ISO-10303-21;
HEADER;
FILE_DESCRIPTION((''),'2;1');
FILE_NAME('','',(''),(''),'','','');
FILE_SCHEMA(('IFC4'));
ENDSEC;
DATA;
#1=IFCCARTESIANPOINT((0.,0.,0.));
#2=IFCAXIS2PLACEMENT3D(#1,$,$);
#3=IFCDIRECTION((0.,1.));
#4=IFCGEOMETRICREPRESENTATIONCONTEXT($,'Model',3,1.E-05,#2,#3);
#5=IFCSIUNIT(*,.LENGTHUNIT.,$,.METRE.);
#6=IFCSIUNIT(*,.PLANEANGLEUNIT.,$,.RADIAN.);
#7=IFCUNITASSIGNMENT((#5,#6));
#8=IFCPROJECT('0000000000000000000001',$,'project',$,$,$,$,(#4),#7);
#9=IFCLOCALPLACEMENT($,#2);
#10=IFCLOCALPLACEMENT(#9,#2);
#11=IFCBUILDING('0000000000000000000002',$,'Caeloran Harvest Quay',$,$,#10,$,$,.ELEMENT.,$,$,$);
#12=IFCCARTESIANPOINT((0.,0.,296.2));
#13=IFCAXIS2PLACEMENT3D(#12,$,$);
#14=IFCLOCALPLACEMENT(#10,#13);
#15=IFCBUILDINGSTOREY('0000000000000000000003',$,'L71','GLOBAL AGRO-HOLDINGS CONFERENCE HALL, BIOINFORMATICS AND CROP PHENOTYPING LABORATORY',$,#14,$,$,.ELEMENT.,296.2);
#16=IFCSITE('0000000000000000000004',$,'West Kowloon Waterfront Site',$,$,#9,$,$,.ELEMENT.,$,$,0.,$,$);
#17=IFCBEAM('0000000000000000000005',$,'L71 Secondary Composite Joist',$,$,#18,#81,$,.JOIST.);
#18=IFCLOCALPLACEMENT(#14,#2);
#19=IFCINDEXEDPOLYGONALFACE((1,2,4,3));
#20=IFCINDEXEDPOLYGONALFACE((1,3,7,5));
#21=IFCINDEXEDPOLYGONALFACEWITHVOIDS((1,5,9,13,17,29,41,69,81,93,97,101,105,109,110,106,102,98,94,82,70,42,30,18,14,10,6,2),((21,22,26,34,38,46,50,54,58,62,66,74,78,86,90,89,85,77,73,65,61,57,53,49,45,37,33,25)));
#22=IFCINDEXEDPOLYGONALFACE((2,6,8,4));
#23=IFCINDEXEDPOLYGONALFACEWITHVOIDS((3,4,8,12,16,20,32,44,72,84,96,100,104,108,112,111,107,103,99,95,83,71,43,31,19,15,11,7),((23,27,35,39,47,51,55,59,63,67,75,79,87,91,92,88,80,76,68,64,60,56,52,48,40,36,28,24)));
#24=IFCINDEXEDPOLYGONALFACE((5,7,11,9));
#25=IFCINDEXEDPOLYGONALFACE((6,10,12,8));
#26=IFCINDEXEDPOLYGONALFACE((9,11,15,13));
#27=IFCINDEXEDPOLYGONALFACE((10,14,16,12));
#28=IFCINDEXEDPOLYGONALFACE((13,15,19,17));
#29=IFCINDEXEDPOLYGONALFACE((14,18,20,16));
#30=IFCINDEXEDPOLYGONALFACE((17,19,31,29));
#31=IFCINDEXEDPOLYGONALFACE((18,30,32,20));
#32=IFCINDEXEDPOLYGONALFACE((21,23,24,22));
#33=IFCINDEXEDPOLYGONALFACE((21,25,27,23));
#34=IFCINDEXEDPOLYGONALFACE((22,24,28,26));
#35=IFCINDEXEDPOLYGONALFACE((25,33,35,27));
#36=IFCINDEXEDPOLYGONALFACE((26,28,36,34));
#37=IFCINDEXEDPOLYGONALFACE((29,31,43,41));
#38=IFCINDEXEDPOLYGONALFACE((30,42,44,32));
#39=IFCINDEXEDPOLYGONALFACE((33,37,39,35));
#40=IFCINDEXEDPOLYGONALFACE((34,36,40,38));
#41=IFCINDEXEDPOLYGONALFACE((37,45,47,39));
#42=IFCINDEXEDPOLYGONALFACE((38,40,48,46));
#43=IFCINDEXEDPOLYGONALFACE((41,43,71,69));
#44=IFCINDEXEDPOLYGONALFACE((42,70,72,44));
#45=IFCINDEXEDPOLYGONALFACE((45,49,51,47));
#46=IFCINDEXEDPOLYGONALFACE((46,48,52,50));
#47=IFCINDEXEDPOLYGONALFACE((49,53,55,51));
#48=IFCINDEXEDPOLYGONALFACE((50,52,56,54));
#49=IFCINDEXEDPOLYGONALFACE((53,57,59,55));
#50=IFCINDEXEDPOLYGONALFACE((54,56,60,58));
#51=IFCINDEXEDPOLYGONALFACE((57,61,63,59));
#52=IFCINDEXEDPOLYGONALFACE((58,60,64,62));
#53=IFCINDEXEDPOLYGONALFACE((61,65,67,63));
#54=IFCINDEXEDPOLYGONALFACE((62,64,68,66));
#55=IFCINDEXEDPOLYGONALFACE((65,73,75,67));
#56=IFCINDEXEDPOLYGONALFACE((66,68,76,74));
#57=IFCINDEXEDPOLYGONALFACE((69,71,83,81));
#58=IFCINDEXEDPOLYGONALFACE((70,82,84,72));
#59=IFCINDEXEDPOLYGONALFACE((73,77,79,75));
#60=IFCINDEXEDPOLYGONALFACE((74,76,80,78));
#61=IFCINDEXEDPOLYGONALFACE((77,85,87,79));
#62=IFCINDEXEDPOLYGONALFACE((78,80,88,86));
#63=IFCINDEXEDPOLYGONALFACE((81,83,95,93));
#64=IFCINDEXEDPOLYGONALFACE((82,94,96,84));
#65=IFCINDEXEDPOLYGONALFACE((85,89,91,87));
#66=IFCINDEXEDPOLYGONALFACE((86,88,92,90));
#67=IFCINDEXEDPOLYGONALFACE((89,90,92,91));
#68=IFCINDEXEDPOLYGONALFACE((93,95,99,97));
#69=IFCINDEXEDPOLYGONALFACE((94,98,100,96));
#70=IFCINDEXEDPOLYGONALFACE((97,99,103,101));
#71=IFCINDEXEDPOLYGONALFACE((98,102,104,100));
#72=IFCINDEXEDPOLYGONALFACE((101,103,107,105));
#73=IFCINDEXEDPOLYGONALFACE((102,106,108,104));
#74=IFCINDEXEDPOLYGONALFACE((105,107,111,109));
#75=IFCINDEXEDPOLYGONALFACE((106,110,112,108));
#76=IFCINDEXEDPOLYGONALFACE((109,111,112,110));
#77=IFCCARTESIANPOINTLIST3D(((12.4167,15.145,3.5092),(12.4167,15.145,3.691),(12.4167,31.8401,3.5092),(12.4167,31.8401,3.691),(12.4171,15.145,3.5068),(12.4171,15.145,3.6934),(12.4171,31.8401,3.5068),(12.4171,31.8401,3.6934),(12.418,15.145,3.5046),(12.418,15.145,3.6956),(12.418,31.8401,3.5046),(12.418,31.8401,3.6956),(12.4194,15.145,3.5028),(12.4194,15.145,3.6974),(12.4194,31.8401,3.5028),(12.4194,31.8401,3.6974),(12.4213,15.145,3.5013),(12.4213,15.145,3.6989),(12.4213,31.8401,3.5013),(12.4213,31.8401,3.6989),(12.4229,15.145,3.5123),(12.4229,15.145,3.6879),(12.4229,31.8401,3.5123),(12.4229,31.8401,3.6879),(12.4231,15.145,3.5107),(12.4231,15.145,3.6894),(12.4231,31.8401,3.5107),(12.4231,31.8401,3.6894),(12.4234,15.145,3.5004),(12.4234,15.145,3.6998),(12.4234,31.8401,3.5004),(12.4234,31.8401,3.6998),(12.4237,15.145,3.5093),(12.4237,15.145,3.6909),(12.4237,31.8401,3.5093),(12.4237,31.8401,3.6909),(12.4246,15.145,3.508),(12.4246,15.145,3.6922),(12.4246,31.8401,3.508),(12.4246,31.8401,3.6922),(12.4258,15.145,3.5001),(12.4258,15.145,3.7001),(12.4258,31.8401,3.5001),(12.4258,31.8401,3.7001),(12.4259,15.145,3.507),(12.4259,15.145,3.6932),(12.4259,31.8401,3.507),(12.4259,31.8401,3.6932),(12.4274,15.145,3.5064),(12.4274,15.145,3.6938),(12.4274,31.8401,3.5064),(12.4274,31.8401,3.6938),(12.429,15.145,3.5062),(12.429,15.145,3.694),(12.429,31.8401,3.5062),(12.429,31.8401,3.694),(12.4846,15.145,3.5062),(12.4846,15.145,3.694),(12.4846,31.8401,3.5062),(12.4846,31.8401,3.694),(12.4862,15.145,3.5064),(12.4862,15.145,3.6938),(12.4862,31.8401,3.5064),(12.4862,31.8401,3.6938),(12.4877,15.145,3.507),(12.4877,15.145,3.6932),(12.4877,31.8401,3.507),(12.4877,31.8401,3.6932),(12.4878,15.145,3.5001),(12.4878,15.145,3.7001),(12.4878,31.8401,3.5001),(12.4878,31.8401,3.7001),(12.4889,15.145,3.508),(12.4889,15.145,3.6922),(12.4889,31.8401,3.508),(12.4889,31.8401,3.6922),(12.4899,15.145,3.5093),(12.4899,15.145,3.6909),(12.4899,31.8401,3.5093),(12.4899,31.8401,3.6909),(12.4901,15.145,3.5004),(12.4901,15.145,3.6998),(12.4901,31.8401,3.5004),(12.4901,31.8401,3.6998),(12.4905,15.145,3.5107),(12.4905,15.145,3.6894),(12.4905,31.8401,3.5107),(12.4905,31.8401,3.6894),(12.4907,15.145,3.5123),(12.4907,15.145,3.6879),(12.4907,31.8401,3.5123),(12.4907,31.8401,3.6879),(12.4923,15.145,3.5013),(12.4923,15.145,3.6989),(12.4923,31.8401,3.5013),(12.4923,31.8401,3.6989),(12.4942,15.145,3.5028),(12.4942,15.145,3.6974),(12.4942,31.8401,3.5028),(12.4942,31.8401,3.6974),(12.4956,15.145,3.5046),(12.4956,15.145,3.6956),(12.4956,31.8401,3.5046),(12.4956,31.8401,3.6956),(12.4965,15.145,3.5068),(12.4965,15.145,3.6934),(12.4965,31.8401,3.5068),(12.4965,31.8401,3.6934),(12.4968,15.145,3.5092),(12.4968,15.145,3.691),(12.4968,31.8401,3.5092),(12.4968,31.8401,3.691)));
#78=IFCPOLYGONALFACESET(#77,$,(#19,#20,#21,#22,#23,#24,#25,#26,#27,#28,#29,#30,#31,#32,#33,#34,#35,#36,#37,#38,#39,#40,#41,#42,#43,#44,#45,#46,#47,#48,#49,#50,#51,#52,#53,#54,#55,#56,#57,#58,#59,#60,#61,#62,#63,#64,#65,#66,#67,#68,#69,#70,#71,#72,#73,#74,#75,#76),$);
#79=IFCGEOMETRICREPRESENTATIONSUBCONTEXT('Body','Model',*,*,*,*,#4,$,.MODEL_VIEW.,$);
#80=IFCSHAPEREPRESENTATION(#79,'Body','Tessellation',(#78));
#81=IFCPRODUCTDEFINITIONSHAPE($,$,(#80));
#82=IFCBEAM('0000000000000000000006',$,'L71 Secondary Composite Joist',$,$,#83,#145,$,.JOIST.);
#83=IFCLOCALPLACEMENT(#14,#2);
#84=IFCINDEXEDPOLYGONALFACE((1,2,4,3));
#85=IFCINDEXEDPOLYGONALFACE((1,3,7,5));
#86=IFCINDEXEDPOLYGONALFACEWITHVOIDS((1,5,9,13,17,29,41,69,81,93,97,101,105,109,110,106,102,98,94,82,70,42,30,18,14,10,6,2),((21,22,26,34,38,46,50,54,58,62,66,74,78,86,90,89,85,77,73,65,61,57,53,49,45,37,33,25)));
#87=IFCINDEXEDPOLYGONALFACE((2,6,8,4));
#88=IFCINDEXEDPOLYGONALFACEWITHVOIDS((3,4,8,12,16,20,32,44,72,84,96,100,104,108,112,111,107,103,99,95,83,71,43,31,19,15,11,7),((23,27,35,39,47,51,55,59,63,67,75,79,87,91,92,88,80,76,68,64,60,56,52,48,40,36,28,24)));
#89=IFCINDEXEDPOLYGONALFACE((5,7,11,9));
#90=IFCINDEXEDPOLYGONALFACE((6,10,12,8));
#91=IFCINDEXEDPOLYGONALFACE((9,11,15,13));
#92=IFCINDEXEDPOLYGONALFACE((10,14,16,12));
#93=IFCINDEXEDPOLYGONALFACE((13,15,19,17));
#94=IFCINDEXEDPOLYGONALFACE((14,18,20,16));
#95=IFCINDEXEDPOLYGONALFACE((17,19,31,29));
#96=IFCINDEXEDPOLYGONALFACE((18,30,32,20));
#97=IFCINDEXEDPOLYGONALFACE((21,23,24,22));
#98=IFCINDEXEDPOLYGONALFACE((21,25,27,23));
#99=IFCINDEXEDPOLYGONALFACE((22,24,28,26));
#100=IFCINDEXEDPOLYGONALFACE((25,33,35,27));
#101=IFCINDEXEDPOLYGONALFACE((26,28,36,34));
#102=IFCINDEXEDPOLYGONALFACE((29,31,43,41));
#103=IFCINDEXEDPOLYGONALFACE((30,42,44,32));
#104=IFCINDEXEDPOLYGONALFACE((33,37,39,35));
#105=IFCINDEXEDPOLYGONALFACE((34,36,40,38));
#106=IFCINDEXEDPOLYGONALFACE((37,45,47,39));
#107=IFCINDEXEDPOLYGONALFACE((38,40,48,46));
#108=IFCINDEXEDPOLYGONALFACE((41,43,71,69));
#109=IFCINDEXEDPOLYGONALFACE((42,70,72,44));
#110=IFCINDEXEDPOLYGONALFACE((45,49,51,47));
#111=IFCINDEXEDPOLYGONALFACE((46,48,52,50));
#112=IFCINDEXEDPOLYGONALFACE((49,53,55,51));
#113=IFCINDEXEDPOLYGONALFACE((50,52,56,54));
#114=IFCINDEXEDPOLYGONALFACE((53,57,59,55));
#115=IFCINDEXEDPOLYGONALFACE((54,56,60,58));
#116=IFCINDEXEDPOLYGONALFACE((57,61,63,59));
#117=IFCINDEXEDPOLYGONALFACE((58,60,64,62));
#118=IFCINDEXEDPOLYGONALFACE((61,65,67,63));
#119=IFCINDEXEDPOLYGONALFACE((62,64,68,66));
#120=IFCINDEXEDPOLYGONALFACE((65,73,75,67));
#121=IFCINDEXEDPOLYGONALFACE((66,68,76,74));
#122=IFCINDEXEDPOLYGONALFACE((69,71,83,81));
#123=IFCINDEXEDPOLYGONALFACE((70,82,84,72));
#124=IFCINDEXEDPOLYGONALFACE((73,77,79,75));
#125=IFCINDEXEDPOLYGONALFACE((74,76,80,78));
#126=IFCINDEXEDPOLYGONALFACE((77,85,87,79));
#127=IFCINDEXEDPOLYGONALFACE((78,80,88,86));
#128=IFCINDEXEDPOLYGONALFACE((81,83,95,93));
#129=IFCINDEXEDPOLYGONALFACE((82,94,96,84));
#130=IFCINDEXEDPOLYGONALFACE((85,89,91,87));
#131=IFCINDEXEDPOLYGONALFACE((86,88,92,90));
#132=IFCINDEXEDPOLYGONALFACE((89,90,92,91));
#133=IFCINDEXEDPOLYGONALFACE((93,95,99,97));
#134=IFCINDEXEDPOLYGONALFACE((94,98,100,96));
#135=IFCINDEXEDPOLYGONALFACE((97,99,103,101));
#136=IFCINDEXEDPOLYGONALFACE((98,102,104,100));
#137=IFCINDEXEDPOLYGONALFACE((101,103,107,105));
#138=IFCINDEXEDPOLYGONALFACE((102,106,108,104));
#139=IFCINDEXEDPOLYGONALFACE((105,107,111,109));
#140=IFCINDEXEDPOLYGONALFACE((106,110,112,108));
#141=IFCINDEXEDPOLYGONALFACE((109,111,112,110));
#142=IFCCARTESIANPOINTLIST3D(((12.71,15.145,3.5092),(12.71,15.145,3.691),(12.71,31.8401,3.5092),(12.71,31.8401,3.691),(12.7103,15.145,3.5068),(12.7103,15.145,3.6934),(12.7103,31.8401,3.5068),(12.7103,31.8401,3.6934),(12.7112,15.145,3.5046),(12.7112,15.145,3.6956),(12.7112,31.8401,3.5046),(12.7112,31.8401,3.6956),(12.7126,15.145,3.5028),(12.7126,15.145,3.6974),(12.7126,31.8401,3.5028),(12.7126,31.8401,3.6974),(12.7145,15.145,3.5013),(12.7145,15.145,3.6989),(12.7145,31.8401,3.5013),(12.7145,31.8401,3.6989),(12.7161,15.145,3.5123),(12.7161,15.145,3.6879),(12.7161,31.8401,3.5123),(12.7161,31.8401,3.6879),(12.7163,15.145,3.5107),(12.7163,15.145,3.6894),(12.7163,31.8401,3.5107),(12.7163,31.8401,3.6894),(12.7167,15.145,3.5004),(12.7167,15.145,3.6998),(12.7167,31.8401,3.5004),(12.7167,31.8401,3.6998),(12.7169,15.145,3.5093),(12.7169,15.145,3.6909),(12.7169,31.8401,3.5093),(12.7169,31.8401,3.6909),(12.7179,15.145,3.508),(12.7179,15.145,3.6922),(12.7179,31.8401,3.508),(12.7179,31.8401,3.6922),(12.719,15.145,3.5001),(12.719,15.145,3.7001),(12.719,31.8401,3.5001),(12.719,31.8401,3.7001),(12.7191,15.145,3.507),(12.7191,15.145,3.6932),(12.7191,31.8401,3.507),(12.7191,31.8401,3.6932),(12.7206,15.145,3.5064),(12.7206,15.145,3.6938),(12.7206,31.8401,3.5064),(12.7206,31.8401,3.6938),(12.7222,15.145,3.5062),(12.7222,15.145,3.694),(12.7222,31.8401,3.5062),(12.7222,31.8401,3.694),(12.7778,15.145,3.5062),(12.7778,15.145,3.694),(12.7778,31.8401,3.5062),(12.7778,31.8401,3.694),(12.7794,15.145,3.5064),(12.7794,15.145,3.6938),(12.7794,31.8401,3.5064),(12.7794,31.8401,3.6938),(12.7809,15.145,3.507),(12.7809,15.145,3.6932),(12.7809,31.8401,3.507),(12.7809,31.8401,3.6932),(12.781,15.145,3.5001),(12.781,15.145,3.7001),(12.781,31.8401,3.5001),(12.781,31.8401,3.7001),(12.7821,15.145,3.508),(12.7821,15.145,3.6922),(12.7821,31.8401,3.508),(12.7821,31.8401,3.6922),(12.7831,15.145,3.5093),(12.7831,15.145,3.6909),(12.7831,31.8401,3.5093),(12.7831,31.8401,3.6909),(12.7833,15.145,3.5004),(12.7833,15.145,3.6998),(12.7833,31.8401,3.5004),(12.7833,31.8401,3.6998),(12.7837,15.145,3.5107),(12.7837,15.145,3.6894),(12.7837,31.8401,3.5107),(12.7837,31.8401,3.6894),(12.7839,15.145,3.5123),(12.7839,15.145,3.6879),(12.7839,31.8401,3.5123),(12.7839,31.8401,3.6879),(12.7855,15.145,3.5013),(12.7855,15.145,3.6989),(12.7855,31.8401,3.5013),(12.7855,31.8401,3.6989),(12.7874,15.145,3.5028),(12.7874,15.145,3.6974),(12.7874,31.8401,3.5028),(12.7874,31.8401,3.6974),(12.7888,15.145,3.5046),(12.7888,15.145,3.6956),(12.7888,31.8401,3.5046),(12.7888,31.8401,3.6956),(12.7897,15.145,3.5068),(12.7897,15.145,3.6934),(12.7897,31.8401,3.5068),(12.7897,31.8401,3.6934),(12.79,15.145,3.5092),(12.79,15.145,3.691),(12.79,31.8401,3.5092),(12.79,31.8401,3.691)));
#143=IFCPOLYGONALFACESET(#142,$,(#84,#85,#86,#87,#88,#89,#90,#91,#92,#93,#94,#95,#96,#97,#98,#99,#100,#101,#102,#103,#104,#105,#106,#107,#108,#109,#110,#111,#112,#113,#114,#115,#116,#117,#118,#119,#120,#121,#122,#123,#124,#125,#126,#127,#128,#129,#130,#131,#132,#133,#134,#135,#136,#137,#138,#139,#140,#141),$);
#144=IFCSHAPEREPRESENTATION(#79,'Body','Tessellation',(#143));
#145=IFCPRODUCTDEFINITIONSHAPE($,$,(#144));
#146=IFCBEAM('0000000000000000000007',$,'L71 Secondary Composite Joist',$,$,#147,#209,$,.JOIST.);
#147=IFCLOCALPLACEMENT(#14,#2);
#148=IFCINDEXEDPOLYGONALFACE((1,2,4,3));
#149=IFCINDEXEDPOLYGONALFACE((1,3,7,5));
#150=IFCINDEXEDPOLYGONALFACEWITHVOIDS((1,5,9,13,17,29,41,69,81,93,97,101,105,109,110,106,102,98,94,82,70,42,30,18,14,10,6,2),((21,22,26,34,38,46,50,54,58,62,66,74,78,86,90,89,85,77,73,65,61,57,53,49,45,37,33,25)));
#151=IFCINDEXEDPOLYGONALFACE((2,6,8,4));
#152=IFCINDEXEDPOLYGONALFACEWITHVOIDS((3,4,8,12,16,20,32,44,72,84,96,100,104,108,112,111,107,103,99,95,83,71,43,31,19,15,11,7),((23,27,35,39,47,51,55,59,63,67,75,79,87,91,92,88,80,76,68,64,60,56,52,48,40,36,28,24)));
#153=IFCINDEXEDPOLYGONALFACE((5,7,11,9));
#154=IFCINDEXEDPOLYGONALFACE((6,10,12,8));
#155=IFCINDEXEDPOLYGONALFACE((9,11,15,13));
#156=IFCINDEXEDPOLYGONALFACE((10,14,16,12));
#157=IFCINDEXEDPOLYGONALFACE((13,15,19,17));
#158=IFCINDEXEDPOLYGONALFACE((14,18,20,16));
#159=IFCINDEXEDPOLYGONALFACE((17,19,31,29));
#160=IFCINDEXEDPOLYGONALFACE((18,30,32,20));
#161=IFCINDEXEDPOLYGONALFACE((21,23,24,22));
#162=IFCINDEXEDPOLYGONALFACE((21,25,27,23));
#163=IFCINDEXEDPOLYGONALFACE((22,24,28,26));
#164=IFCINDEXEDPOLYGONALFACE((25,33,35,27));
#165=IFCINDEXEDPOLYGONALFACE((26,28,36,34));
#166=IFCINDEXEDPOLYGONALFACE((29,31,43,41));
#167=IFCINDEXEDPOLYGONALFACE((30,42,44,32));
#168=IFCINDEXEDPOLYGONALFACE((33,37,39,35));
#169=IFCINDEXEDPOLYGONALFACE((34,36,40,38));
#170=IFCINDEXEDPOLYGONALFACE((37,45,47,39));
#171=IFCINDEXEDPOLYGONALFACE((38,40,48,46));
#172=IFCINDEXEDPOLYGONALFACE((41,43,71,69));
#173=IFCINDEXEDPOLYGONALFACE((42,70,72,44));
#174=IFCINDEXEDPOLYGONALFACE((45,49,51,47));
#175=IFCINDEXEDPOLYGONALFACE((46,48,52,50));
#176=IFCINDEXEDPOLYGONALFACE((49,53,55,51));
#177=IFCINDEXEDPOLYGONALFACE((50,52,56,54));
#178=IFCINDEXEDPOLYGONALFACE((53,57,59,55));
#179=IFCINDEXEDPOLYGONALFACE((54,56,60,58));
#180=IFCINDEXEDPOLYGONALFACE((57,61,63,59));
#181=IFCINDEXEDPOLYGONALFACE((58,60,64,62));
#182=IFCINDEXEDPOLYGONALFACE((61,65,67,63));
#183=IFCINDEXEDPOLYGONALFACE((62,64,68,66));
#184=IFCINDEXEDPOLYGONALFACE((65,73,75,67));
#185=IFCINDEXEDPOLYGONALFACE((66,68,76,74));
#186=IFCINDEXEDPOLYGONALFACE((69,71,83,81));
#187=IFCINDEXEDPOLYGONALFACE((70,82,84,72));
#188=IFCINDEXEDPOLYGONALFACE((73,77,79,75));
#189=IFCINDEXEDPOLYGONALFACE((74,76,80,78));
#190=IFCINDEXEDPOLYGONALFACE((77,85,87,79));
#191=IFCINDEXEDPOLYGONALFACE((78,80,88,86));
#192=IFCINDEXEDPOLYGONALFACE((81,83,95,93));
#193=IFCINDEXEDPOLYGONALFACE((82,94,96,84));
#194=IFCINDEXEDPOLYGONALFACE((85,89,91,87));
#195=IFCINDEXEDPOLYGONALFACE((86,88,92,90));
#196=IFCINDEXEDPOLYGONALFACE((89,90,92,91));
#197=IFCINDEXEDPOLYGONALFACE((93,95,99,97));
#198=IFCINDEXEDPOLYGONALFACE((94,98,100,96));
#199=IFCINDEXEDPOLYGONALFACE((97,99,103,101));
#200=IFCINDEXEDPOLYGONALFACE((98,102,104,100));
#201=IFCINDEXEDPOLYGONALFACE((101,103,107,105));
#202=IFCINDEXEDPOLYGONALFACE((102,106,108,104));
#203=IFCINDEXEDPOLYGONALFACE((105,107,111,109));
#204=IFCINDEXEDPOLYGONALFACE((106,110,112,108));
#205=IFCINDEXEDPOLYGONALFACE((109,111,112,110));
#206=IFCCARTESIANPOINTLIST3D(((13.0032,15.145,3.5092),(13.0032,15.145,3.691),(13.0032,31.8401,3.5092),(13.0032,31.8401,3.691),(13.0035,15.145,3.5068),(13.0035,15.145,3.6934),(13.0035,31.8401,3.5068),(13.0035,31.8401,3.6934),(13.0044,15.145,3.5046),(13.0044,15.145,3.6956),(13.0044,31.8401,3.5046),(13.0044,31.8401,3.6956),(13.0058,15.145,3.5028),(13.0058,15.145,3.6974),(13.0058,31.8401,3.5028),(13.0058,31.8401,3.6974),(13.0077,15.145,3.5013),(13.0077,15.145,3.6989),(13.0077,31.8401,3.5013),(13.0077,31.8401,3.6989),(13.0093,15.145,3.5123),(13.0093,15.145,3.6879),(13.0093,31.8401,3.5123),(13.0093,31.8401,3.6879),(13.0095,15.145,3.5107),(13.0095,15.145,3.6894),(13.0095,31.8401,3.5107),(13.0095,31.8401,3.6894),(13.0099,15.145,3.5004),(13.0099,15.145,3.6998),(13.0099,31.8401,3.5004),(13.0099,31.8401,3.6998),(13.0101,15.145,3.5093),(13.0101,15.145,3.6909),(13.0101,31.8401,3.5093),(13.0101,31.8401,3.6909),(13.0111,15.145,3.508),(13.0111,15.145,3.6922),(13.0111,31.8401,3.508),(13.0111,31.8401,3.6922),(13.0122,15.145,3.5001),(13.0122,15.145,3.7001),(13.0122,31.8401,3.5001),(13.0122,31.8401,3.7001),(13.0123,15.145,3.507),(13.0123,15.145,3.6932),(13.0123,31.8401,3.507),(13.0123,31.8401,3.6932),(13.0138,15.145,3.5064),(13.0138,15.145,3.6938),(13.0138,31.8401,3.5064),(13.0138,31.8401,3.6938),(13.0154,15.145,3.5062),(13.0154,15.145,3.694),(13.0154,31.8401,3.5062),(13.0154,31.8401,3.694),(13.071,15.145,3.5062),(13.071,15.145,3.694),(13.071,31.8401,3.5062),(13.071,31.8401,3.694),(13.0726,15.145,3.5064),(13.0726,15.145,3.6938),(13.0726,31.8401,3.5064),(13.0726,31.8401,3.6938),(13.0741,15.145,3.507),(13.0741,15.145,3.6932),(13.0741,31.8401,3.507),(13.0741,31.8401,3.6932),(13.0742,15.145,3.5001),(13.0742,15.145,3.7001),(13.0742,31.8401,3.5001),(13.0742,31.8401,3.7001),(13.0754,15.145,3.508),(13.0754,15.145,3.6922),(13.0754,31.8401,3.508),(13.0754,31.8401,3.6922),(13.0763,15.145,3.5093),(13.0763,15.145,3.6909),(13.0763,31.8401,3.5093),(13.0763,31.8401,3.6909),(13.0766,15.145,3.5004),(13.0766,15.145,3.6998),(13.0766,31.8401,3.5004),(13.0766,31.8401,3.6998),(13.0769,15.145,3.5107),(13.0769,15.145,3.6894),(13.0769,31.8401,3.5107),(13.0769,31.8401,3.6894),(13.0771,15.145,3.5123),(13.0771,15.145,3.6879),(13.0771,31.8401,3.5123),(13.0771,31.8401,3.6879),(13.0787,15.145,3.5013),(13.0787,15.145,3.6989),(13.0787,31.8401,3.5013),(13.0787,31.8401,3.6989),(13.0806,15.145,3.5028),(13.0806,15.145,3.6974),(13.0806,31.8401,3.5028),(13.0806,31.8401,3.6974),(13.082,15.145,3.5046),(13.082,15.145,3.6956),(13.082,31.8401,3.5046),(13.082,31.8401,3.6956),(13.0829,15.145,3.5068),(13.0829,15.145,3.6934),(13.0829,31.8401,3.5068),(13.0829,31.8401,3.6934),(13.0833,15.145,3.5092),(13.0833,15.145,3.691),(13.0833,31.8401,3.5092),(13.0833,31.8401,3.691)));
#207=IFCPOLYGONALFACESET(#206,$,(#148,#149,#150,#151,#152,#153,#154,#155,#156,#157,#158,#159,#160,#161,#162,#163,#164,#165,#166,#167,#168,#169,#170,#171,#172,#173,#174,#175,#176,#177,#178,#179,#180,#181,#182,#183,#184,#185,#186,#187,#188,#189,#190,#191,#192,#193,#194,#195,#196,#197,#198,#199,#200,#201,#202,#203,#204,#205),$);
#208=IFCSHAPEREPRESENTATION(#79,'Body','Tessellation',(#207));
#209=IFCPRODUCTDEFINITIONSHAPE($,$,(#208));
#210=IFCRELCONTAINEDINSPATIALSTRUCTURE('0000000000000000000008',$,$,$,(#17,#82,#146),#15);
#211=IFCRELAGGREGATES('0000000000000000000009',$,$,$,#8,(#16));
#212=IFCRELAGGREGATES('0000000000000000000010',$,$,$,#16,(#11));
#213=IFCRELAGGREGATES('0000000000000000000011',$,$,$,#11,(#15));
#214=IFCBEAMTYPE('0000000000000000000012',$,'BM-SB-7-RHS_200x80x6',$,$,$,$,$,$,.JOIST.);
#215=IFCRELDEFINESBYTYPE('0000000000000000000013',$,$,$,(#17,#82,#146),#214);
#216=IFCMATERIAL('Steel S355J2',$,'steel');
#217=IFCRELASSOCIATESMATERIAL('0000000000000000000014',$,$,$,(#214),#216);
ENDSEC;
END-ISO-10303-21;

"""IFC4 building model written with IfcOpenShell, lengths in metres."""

from ifc_helpers import new_model, si_unit, direction, frame, origin, origin_2d, place, context, subcontext, project, spatial, hollow_rectangle, extrude, material, material_profile, profile_set, type_object, element, save


model = new_model("IFC4")

# Units and contexts
model_context = context("Model", 3, precision=1e-05, world=origin(), true_north=direction((0.0, 1.0)))
body_context = subcontext(model_context, "Body", "Model", "MODEL_VIEW")
ifc_project = project(units=[si_unit("LENGTHUNIT", "METRE"), si_unit("PLANEANGLEUNIT", "RADIAN")], contexts=[model_context])

# Site, building, storey
site_placement = place(None, origin())
site = spatial("IfcSite", under=ifc_project, at=site_placement, Name="West Kowloon Waterfront Site", CompositionType="ELEMENT", RefElevation=0.0)
building_placement = place(site_placement, origin())
building = spatial("IfcBuilding", under=site, at=building_placement, Name="Caeloran Harvest Quay", CompositionType="ELEMENT")
storey_placement = place(building_placement, frame((0.0, 0.0, 296.2)))
storey = spatial("IfcBuildingStorey", under=building, at=storey_placement, Name="L71", Description="GLOBAL AGRO-HOLDINGS CONFERENCE HALL, BIOINFORMATICS AND CROP PHENOTYPING LABORATORY", CompositionType="ELEMENT", Elevation=296.2)

# Beams
ifc_material_1 = material(Name="Steel S355J2", Category="steel")
ifc_material_profile_1 = material_profile(ifc_material_1, hollow_rectangle(XDim=0.0801, YDim=0.2, WallThickness=0.0061, InnerFilletRadius=0.0061, OuterFilletRadius=0.009, at=origin_2d()), Name="RHS 200x80x6")
ifc_profile_set_1 = profile_set([ifc_material_profile_1], Name="Steel S355J2")
beam_type_1 = type_object("IfcBeamType", Name="BM-SB-7-RHS_200x80x6", PredefinedType="JOIST", material=ifc_profile_set_1)
for number, where, z_axis, x_axis, name in (
    (1, (12.4568, 15.145, 3.6001), (0.0, 1.0, 0.0), (-1.0, 0.0, 0.0), "L71 Secondary Composite Joist"),
    (2, (12.75, 15.145, 3.6001), (0.0, 1.0, 0.0), (-1.0, 0.0, 0.0), "L71 Secondary Composite Joist"),
    (3, (13.0432, 15.145, 3.6001), (0.0, 1.0, 0.0), (-1.0, 0.0, 0.0), "L71 Secondary Composite Joist"),
):
    element("IfcBeam", number, at=place(storey_placement, frame(where, z_axis=z_axis, x_axis=x_axis)), inside=storey, type_object=beam_type_1, Name=name, PredefinedType="JOIST", context=body_context, shape_type="SweptSolid", body=[
        extrude(hollow_rectangle(XDim=0.0801, YDim=0.2, WallThickness=0.0061, InnerFilletRadius=0.0061, OuterFilletRadius=0.009, at=origin_2d()), origin(), (0.0, 0.0, 1.0), 16.6951),
    ])

save(model, "model.ifc")
